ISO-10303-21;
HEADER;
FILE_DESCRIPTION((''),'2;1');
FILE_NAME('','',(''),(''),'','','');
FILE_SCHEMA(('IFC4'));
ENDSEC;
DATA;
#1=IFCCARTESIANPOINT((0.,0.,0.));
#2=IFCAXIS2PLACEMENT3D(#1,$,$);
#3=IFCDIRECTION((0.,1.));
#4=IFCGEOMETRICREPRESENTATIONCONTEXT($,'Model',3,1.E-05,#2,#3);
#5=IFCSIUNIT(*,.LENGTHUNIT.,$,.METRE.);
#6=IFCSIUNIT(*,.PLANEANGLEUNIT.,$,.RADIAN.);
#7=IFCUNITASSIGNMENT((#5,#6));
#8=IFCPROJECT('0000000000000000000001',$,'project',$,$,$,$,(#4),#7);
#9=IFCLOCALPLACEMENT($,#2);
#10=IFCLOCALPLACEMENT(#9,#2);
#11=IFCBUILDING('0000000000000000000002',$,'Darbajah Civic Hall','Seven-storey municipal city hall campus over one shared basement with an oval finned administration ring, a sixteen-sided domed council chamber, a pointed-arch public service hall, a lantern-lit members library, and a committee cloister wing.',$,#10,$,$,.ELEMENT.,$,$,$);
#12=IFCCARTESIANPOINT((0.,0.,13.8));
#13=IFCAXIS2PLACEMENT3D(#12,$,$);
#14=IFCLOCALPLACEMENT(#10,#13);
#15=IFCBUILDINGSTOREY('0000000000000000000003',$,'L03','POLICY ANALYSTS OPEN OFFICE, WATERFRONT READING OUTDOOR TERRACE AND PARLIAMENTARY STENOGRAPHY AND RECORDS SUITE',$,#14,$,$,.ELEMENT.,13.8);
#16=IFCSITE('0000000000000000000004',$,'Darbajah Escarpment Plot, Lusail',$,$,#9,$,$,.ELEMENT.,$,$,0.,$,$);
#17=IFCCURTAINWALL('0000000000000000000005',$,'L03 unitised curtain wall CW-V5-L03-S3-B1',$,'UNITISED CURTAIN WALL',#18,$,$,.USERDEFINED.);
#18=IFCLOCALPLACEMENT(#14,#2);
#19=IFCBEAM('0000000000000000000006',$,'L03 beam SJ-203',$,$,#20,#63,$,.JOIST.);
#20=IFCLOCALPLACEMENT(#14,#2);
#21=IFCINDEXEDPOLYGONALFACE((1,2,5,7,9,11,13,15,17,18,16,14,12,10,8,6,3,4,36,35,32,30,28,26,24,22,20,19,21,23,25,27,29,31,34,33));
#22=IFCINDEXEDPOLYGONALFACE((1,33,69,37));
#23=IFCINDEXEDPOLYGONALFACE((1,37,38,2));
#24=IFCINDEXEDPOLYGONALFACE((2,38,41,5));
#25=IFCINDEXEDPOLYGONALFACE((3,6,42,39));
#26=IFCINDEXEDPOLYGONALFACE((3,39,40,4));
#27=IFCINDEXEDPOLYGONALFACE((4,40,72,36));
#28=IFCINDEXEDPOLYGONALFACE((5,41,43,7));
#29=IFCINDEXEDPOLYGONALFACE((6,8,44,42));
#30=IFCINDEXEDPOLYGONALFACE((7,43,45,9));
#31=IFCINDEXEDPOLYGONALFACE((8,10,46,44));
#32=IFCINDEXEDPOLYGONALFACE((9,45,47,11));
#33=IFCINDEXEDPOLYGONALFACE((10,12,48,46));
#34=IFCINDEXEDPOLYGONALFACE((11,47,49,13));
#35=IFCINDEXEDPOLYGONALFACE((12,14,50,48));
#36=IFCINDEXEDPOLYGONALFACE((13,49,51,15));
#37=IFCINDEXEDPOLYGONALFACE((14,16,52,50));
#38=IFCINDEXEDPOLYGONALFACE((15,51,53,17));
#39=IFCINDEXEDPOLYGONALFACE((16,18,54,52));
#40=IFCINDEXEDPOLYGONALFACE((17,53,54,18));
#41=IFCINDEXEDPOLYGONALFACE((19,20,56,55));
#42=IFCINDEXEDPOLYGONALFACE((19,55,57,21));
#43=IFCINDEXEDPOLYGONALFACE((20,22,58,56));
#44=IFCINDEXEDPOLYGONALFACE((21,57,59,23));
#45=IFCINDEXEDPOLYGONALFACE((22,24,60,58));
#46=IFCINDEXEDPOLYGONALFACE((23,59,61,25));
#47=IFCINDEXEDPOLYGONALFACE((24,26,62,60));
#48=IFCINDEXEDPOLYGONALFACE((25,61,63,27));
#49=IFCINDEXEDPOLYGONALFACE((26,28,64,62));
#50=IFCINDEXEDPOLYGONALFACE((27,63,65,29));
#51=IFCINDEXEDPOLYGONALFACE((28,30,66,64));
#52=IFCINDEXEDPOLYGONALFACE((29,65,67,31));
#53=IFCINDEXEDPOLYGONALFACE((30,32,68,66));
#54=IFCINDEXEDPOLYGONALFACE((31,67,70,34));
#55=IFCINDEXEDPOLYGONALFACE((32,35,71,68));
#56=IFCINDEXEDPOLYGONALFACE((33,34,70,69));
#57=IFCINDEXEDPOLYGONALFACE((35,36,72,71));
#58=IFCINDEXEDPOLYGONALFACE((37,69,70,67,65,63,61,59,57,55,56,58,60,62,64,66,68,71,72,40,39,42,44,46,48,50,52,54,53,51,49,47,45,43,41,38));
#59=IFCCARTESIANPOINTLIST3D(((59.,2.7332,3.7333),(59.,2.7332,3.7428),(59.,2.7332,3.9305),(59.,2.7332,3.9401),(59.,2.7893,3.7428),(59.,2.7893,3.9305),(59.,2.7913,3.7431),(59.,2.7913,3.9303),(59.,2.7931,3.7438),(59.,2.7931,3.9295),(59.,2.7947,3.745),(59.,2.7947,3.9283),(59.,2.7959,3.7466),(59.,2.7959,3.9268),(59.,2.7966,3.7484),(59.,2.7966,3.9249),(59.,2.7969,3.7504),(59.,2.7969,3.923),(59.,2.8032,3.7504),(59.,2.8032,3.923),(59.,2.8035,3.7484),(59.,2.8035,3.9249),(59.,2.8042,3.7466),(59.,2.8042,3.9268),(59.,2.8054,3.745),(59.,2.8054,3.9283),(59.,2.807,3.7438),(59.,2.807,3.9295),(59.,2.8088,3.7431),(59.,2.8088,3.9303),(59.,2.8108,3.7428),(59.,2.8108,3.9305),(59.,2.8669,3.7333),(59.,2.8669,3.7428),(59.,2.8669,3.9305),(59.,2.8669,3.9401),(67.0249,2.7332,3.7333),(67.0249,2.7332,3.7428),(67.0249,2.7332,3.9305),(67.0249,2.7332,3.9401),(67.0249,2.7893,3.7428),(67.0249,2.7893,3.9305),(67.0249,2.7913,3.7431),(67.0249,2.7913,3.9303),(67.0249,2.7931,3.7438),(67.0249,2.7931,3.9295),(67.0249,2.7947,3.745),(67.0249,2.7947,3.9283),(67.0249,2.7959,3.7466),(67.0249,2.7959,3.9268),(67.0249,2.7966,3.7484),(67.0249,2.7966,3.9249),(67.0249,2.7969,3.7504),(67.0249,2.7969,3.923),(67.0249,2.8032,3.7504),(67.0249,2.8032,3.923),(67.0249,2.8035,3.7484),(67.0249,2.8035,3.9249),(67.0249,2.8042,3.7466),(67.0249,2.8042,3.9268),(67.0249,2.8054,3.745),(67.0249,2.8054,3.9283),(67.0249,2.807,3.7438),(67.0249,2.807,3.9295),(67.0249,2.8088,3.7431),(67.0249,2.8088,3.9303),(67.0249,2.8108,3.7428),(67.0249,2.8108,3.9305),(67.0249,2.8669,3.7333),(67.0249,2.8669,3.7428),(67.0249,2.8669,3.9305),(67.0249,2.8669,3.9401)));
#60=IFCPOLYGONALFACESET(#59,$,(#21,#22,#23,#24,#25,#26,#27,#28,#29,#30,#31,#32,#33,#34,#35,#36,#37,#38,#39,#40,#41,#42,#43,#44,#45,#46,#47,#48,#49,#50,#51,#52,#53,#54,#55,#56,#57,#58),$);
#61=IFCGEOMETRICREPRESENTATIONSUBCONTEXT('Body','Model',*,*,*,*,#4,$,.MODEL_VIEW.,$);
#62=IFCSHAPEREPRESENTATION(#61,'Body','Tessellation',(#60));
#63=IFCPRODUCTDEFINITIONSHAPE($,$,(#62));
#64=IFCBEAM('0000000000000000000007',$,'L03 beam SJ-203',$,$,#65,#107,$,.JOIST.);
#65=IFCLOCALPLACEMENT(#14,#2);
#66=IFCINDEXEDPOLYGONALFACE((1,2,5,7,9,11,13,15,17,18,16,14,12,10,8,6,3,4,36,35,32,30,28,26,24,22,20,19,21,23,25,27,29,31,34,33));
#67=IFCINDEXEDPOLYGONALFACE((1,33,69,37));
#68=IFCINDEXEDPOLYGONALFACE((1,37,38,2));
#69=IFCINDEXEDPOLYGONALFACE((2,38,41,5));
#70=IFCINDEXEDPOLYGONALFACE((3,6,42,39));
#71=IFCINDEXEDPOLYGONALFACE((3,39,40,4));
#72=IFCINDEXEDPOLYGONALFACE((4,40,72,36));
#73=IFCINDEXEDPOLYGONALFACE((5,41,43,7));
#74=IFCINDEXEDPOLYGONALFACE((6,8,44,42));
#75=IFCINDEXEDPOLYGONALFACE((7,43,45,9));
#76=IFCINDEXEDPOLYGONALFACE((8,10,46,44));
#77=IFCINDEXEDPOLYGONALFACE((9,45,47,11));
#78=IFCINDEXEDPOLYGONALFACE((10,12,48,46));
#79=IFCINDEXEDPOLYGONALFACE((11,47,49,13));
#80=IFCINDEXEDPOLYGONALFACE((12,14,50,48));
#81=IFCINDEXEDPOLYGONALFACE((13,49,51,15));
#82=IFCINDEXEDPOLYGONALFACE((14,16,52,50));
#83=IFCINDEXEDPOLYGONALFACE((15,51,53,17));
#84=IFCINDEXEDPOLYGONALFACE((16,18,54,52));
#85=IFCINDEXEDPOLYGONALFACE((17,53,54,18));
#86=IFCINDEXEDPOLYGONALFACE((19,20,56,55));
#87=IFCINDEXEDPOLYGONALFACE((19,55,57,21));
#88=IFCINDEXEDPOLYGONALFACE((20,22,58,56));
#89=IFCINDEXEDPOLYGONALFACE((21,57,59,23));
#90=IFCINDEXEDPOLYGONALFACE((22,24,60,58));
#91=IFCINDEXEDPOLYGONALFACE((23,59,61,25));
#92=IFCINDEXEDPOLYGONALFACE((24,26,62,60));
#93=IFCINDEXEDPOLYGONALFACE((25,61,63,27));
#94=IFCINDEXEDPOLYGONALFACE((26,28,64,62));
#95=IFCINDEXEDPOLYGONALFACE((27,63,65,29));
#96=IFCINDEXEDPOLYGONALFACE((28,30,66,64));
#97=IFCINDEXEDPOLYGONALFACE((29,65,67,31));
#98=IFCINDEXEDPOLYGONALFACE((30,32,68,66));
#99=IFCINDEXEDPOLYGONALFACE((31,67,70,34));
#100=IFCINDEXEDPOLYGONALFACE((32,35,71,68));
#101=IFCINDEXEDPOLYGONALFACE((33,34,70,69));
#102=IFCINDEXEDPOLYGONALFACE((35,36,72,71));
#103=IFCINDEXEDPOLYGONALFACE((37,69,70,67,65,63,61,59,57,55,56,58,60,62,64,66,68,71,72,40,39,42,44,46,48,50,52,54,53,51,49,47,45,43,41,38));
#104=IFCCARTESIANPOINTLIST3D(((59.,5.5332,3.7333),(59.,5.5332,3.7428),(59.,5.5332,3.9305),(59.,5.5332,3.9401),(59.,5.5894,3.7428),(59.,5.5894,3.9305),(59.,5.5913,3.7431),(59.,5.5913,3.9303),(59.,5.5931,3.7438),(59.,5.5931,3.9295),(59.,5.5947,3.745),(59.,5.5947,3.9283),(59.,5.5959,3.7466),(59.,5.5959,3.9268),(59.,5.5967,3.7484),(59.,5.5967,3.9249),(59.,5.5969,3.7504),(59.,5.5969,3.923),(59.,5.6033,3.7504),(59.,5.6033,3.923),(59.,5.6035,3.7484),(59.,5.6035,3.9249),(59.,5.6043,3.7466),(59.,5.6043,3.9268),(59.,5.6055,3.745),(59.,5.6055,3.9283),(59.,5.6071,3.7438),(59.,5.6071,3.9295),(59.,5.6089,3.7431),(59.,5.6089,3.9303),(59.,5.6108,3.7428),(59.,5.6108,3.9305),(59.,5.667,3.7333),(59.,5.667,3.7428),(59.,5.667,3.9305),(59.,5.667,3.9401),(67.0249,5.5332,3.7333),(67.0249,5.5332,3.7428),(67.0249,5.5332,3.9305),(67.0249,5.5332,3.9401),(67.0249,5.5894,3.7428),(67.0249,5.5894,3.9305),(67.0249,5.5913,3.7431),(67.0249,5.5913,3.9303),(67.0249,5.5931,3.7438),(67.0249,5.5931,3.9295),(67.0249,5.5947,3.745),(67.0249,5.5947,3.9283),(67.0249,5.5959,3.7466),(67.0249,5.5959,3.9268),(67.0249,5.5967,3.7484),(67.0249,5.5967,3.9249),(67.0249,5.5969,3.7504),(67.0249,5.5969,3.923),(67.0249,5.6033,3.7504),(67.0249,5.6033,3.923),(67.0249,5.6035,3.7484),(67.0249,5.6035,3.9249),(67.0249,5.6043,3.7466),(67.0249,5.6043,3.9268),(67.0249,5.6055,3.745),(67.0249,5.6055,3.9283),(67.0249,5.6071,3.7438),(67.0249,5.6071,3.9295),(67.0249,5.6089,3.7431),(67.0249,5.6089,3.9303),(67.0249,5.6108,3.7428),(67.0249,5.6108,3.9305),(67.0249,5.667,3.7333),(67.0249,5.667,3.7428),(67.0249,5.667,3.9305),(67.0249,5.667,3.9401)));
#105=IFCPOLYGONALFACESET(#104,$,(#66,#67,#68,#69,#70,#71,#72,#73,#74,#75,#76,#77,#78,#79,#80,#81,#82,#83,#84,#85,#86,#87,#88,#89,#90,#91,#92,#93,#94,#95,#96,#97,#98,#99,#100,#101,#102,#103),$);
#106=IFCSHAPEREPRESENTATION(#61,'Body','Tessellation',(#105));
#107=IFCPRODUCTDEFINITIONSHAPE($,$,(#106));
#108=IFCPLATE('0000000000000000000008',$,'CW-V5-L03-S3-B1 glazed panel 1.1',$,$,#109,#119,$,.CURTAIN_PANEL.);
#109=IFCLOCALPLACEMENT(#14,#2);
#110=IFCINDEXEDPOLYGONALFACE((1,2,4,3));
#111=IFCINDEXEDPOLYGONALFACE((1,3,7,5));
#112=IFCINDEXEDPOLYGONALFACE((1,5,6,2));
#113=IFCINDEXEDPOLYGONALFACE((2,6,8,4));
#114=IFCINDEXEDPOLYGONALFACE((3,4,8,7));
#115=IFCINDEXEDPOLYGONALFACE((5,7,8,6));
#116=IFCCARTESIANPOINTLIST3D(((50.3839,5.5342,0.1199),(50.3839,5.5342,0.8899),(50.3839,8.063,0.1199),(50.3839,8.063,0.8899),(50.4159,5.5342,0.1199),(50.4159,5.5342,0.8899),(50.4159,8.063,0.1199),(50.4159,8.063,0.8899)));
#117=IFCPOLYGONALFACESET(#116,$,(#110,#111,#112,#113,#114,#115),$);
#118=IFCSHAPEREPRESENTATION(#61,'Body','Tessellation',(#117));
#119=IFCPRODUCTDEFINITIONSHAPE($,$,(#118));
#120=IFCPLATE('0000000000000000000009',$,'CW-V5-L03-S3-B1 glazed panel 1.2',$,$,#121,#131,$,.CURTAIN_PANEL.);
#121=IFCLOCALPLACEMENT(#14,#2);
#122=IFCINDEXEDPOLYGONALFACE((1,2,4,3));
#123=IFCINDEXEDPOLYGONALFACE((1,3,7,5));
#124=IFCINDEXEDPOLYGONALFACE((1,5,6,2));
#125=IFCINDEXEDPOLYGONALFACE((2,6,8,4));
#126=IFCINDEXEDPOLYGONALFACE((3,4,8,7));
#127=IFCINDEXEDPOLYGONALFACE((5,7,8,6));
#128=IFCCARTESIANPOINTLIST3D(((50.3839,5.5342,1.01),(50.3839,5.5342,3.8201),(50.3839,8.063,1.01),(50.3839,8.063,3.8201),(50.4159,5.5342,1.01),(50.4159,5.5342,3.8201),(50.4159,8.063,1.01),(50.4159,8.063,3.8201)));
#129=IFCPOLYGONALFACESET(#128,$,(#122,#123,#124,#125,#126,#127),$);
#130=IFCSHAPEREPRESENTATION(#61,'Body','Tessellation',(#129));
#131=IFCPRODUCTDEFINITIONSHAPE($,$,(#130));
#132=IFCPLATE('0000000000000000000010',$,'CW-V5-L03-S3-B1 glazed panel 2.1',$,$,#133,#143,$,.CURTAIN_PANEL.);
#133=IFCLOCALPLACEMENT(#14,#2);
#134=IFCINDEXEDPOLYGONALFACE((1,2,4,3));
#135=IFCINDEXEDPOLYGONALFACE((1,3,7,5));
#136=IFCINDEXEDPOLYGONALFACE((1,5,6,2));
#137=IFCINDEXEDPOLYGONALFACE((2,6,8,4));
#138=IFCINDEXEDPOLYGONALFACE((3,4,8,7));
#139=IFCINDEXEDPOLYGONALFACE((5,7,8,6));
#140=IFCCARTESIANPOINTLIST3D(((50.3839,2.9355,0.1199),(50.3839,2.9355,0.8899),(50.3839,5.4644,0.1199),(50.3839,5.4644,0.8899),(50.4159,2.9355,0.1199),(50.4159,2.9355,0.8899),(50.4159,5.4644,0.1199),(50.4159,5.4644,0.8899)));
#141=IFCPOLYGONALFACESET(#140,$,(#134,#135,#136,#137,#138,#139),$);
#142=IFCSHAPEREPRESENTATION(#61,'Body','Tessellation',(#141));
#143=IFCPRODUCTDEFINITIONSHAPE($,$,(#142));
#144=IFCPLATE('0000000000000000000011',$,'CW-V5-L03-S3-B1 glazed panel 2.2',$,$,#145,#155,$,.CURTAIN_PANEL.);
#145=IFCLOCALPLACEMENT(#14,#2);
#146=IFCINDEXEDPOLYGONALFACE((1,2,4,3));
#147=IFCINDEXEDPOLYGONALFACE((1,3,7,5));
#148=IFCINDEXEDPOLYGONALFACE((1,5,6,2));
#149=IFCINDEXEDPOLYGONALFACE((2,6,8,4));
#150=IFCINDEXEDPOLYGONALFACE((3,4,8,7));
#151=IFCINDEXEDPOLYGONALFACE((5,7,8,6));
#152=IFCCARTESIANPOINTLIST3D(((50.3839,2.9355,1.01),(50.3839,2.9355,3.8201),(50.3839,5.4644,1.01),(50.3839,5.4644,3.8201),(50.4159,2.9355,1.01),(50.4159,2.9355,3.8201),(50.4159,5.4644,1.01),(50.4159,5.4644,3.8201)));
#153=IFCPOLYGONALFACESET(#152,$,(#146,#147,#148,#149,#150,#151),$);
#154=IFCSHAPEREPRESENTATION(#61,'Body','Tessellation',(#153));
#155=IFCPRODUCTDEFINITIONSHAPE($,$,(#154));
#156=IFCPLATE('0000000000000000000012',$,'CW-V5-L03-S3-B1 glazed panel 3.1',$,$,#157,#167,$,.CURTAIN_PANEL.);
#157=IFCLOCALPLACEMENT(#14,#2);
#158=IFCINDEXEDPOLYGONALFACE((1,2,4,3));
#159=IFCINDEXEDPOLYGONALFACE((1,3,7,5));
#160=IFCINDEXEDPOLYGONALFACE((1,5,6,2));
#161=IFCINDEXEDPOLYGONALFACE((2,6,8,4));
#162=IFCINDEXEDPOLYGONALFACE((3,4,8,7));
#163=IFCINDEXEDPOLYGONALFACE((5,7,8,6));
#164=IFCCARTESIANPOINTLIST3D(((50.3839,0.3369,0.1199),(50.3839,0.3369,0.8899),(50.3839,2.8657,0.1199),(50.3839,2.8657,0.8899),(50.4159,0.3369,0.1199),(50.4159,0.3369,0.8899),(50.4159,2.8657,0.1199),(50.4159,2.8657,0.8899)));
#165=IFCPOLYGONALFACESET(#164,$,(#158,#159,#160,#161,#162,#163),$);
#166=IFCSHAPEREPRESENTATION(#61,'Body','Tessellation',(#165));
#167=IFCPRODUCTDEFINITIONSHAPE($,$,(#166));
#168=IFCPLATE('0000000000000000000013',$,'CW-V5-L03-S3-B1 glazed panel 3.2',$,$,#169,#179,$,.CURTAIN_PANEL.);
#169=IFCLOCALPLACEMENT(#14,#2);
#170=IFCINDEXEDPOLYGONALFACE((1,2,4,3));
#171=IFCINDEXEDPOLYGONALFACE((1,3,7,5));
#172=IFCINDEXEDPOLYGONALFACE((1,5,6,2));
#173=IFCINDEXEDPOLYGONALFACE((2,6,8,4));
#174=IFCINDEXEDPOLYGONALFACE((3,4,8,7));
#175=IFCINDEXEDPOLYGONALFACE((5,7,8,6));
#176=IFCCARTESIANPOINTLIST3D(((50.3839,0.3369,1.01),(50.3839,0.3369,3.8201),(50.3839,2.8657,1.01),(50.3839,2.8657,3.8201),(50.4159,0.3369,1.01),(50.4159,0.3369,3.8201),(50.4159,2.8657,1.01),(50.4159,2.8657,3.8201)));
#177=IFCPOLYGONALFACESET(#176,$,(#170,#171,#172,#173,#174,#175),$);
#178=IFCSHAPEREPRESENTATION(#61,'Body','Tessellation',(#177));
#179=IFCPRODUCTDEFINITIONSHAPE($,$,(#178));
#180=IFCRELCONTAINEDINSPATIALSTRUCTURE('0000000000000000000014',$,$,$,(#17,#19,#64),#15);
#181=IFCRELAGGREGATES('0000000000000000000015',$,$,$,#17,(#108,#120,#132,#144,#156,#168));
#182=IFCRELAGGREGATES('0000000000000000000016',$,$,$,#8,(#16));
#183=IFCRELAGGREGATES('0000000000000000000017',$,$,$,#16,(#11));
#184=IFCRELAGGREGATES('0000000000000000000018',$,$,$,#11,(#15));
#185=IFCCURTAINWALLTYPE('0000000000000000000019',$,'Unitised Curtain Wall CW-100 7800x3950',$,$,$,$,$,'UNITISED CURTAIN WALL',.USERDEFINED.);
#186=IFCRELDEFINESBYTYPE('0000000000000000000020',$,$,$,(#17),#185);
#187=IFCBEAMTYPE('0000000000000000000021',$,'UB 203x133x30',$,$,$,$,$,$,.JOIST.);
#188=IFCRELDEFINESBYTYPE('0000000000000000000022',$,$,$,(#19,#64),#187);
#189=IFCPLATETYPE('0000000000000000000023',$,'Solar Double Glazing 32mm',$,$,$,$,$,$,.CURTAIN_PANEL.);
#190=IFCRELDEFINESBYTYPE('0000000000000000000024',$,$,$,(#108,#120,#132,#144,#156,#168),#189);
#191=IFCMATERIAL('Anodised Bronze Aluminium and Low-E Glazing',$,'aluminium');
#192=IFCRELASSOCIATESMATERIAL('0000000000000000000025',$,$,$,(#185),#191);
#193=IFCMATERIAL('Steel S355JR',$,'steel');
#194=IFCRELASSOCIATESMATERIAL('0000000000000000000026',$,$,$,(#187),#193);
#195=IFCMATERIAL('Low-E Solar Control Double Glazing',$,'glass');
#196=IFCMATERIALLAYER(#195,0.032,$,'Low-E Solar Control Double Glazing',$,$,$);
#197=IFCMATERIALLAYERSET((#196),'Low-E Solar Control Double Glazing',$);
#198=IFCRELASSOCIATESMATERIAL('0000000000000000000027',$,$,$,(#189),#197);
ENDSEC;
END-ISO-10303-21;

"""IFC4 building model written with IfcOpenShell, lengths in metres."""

from ifc_helpers import new_model, si_unit, direction, frame, origin, origin_2d, place, context, subcontext, project, spatial, rectangle, i_section, extrude, material, layer, layer_set, material_profile, profile_set, type_object, element, aggregate, save


model = new_model("IFC4")

# Units and contexts
model_context = context("Model", 3, precision=1e-05, world=origin(), true_north=direction((0.0, 1.0)))
body_context = subcontext(model_context, "Body", "Model", "MODEL_VIEW")
ifc_project = project(units=[si_unit("LENGTHUNIT", "METRE"), si_unit("PLANEANGLEUNIT", "RADIAN")], contexts=[model_context])

# Site, building, storey
site_placement = place(None, origin())
site = spatial("IfcSite", under=ifc_project, at=site_placement, Name="Darbajah Escarpment Plot, Lusail", CompositionType="ELEMENT", RefElevation=0.0)
building_placement = place(site_placement, origin())
building = spatial("IfcBuilding", under=site, at=building_placement, Name="Darbajah Civic Hall", Description="Seven-storey municipal city hall campus over one shared basement with an oval finned administration ring, a sixteen-sided domed council chamber, a pointed-arch public service hall, a lantern-lit members library, and a committee cloister wing.", CompositionType="ELEMENT")
storey_placement = place(building_placement, frame((0.0, 0.0, 13.8)))
storey = spatial("IfcBuildingStorey", under=building, at=storey_placement, Name="L03", Description="POLICY ANALYSTS OPEN OFFICE, WATERFRONT READING OUTDOOR TERRACE AND PARLIAMENTARY STENOGRAPHY AND RECORDS SUITE", CompositionType="ELEMENT", Elevation=13.8)

# Curtain wall
ifc_material_1 = material(Name="Anodised Bronze Aluminium and Low-E Glazing", Category="aluminium")
curtain_wall_type = type_object("IfcCurtainWallType", Name="Unitised Curtain Wall CW-100 7800x3950", ElementType="UNITISED CURTAIN WALL", PredefinedType="USERDEFINED", material=ifc_material_1)
curtain_wall_placement = place(storey_placement, origin())
curtain_wall = element("IfcCurtainWall", 1, at=curtain_wall_placement, inside=storey, type_object=curtain_wall_type, Name="L03 unitised curtain wall CW-V5-L03-S3-B1", ObjectType="UNITISED CURTAIN WALL", PredefinedType="USERDEFINED")

# Beams
ifc_material_2 = material(Name="Steel S355JR", Category="steel")
ifc_material_profile_1 = material_profile(ifc_material_2, i_section(OverallWidth=0.1338, OverallDepth=0.2068, WebThickness=0.0063, FlangeThickness=0.0095, FilletRadius=0.0076, at=origin_2d()), Name="UB 203x133x30")
ifc_profile_set_1 = profile_set([ifc_material_profile_1], Name="Steel S355JR")
beam_type_1 = type_object("IfcBeamType", Name="UB 203x133x30", PredefinedType="JOIST", material=ifc_profile_set_1)
for number, where, z_axis, x_axis, name in (
    (2, (59.0, 2.8, 3.8367), (1.0, 0.0, 0.0), (0.0, 1.0, 0.0), "L03 beam SJ-203"),
    (3, (59.0, 5.6001, 3.8367), (1.0, 0.0, 0.0), (0.0, 1.0, 0.0), "L03 beam SJ-203"),
):
    element("IfcBeam", number, at=place(storey_placement, frame(where, z_axis=z_axis, x_axis=x_axis)), inside=storey, type_object=beam_type_1, Name=name, PredefinedType="JOIST", context=body_context, shape_type="SweptSolid", body=[
        extrude(i_section(OverallWidth=0.1338, OverallDepth=0.2068, WebThickness=0.0063, FlangeThickness=0.0095, FilletRadius=0.0076, at=origin_2d()), origin(), (0.0, 0.0, 1.0), 8.0249),
    ])

# Plates
ifc_material_3 = material(Name="Low-E Solar Control Double Glazing", Category="glass")
ifc_layer_1 = layer(ifc_material_3, 0.032, Name="Low-E Solar Control Double Glazing")
ifc_layer_set_1 = layer_set([ifc_layer_1], Name="Low-E Solar Control Double Glazing")
plate_type = type_object("IfcPlateType", Name="Solar Double Glazing 32mm", PredefinedType="CURTAIN_PANEL", material=ifc_layer_set_1)
plate_1_placement = place(storey_placement, frame((50.3999, 6.7986, 0.1199), z_axis=(0.0, 0.0, 1.0), x_axis=(0.0, -1.0, 0.0)))
plate_1 = element("IfcPlate", 4, at=plate_1_placement, type_object=plate_type, Name="CW-V5-L03-S3-B1 glazed panel 1.1", PredefinedType="CURTAIN_PANEL", context=body_context, shape_type="SweptSolid", body=[
    extrude(rectangle(XDim=2.5288, YDim=0.032, at=origin_2d()), origin(), (0.0, 0.0, 1.0), 0.77),
])
plate_2_placement = place(storey_placement, frame((50.3999, 6.7986, 1.01), z_axis=(0.0, 0.0, 1.0), x_axis=(0.0, -1.0, 0.0)))
plate_2 = element("IfcPlate", 5, at=plate_2_placement, type_object=plate_type, Name="CW-V5-L03-S3-B1 glazed panel 1.2", PredefinedType="CURTAIN_PANEL", context=body_context, shape_type="SweptSolid", body=[
    extrude(rectangle(XDim=2.5288, YDim=0.032, at=origin_2d()), origin(), (0.0, 0.0, 1.0), 2.8101),
])
plate_3_placement = place(storey_placement, frame((50.3999, 4.2, 0.1199), z_axis=(0.0, 0.0, 1.0), x_axis=(0.0, -1.0, 0.0)))
plate_3 = element("IfcPlate", 6, at=plate_3_placement, type_object=plate_type, Name="CW-V5-L03-S3-B1 glazed panel 2.1", PredefinedType="CURTAIN_PANEL", context=body_context, shape_type="SweptSolid", body=[
    extrude(rectangle(XDim=2.5288, YDim=0.032, at=origin_2d()), origin(), (0.0, 0.0, 1.0), 0.77),
])
plate_4_placement = place(storey_placement, frame((50.3999, 4.2, 1.01), z_axis=(0.0, 0.0, 1.0), x_axis=(0.0, -1.0, 0.0)))
plate_4 = element("IfcPlate", 7, at=plate_4_placement, type_object=plate_type, Name="CW-V5-L03-S3-B1 glazed panel 2.2", PredefinedType="CURTAIN_PANEL", context=body_context, shape_type="SweptSolid", body=[
    extrude(rectangle(XDim=2.5288, YDim=0.032, at=origin_2d()), origin(), (0.0, 0.0, 1.0), 2.8101),
])
plate_5_placement = place(storey_placement, frame((50.3999, 1.6013, 0.1199), z_axis=(0.0, 0.0, 1.0), x_axis=(0.0, -1.0, 0.0)))
plate_5 = element("IfcPlate", 8, at=plate_5_placement, type_object=plate_type, Name="CW-V5-L03-S3-B1 glazed panel 3.1", PredefinedType="CURTAIN_PANEL", context=body_context, shape_type="SweptSolid", body=[
    extrude(rectangle(XDim=2.5288, YDim=0.032, at=origin_2d()), origin(), (0.0, 0.0, 1.0), 0.77),
])
plate_6_placement = place(storey_placement, frame((50.3999, 1.6013, 1.01), z_axis=(0.0, 0.0, 1.0), x_axis=(0.0, -1.0, 0.0)))
plate_6 = element("IfcPlate", 9, at=plate_6_placement, type_object=plate_type, Name="CW-V5-L03-S3-B1 glazed panel 3.2", PredefinedType="CURTAIN_PANEL", context=body_context, shape_type="SweptSolid", body=[
    extrude(rectangle(XDim=2.5288, YDim=0.032, at=origin_2d()), origin(), (0.0, 0.0, 1.0), 2.8101),
])
aggregate(curtain_wall, [plate_1, plate_2, plate_3, plate_4, plate_5, plate_6])

save(model, "model.ifc")
